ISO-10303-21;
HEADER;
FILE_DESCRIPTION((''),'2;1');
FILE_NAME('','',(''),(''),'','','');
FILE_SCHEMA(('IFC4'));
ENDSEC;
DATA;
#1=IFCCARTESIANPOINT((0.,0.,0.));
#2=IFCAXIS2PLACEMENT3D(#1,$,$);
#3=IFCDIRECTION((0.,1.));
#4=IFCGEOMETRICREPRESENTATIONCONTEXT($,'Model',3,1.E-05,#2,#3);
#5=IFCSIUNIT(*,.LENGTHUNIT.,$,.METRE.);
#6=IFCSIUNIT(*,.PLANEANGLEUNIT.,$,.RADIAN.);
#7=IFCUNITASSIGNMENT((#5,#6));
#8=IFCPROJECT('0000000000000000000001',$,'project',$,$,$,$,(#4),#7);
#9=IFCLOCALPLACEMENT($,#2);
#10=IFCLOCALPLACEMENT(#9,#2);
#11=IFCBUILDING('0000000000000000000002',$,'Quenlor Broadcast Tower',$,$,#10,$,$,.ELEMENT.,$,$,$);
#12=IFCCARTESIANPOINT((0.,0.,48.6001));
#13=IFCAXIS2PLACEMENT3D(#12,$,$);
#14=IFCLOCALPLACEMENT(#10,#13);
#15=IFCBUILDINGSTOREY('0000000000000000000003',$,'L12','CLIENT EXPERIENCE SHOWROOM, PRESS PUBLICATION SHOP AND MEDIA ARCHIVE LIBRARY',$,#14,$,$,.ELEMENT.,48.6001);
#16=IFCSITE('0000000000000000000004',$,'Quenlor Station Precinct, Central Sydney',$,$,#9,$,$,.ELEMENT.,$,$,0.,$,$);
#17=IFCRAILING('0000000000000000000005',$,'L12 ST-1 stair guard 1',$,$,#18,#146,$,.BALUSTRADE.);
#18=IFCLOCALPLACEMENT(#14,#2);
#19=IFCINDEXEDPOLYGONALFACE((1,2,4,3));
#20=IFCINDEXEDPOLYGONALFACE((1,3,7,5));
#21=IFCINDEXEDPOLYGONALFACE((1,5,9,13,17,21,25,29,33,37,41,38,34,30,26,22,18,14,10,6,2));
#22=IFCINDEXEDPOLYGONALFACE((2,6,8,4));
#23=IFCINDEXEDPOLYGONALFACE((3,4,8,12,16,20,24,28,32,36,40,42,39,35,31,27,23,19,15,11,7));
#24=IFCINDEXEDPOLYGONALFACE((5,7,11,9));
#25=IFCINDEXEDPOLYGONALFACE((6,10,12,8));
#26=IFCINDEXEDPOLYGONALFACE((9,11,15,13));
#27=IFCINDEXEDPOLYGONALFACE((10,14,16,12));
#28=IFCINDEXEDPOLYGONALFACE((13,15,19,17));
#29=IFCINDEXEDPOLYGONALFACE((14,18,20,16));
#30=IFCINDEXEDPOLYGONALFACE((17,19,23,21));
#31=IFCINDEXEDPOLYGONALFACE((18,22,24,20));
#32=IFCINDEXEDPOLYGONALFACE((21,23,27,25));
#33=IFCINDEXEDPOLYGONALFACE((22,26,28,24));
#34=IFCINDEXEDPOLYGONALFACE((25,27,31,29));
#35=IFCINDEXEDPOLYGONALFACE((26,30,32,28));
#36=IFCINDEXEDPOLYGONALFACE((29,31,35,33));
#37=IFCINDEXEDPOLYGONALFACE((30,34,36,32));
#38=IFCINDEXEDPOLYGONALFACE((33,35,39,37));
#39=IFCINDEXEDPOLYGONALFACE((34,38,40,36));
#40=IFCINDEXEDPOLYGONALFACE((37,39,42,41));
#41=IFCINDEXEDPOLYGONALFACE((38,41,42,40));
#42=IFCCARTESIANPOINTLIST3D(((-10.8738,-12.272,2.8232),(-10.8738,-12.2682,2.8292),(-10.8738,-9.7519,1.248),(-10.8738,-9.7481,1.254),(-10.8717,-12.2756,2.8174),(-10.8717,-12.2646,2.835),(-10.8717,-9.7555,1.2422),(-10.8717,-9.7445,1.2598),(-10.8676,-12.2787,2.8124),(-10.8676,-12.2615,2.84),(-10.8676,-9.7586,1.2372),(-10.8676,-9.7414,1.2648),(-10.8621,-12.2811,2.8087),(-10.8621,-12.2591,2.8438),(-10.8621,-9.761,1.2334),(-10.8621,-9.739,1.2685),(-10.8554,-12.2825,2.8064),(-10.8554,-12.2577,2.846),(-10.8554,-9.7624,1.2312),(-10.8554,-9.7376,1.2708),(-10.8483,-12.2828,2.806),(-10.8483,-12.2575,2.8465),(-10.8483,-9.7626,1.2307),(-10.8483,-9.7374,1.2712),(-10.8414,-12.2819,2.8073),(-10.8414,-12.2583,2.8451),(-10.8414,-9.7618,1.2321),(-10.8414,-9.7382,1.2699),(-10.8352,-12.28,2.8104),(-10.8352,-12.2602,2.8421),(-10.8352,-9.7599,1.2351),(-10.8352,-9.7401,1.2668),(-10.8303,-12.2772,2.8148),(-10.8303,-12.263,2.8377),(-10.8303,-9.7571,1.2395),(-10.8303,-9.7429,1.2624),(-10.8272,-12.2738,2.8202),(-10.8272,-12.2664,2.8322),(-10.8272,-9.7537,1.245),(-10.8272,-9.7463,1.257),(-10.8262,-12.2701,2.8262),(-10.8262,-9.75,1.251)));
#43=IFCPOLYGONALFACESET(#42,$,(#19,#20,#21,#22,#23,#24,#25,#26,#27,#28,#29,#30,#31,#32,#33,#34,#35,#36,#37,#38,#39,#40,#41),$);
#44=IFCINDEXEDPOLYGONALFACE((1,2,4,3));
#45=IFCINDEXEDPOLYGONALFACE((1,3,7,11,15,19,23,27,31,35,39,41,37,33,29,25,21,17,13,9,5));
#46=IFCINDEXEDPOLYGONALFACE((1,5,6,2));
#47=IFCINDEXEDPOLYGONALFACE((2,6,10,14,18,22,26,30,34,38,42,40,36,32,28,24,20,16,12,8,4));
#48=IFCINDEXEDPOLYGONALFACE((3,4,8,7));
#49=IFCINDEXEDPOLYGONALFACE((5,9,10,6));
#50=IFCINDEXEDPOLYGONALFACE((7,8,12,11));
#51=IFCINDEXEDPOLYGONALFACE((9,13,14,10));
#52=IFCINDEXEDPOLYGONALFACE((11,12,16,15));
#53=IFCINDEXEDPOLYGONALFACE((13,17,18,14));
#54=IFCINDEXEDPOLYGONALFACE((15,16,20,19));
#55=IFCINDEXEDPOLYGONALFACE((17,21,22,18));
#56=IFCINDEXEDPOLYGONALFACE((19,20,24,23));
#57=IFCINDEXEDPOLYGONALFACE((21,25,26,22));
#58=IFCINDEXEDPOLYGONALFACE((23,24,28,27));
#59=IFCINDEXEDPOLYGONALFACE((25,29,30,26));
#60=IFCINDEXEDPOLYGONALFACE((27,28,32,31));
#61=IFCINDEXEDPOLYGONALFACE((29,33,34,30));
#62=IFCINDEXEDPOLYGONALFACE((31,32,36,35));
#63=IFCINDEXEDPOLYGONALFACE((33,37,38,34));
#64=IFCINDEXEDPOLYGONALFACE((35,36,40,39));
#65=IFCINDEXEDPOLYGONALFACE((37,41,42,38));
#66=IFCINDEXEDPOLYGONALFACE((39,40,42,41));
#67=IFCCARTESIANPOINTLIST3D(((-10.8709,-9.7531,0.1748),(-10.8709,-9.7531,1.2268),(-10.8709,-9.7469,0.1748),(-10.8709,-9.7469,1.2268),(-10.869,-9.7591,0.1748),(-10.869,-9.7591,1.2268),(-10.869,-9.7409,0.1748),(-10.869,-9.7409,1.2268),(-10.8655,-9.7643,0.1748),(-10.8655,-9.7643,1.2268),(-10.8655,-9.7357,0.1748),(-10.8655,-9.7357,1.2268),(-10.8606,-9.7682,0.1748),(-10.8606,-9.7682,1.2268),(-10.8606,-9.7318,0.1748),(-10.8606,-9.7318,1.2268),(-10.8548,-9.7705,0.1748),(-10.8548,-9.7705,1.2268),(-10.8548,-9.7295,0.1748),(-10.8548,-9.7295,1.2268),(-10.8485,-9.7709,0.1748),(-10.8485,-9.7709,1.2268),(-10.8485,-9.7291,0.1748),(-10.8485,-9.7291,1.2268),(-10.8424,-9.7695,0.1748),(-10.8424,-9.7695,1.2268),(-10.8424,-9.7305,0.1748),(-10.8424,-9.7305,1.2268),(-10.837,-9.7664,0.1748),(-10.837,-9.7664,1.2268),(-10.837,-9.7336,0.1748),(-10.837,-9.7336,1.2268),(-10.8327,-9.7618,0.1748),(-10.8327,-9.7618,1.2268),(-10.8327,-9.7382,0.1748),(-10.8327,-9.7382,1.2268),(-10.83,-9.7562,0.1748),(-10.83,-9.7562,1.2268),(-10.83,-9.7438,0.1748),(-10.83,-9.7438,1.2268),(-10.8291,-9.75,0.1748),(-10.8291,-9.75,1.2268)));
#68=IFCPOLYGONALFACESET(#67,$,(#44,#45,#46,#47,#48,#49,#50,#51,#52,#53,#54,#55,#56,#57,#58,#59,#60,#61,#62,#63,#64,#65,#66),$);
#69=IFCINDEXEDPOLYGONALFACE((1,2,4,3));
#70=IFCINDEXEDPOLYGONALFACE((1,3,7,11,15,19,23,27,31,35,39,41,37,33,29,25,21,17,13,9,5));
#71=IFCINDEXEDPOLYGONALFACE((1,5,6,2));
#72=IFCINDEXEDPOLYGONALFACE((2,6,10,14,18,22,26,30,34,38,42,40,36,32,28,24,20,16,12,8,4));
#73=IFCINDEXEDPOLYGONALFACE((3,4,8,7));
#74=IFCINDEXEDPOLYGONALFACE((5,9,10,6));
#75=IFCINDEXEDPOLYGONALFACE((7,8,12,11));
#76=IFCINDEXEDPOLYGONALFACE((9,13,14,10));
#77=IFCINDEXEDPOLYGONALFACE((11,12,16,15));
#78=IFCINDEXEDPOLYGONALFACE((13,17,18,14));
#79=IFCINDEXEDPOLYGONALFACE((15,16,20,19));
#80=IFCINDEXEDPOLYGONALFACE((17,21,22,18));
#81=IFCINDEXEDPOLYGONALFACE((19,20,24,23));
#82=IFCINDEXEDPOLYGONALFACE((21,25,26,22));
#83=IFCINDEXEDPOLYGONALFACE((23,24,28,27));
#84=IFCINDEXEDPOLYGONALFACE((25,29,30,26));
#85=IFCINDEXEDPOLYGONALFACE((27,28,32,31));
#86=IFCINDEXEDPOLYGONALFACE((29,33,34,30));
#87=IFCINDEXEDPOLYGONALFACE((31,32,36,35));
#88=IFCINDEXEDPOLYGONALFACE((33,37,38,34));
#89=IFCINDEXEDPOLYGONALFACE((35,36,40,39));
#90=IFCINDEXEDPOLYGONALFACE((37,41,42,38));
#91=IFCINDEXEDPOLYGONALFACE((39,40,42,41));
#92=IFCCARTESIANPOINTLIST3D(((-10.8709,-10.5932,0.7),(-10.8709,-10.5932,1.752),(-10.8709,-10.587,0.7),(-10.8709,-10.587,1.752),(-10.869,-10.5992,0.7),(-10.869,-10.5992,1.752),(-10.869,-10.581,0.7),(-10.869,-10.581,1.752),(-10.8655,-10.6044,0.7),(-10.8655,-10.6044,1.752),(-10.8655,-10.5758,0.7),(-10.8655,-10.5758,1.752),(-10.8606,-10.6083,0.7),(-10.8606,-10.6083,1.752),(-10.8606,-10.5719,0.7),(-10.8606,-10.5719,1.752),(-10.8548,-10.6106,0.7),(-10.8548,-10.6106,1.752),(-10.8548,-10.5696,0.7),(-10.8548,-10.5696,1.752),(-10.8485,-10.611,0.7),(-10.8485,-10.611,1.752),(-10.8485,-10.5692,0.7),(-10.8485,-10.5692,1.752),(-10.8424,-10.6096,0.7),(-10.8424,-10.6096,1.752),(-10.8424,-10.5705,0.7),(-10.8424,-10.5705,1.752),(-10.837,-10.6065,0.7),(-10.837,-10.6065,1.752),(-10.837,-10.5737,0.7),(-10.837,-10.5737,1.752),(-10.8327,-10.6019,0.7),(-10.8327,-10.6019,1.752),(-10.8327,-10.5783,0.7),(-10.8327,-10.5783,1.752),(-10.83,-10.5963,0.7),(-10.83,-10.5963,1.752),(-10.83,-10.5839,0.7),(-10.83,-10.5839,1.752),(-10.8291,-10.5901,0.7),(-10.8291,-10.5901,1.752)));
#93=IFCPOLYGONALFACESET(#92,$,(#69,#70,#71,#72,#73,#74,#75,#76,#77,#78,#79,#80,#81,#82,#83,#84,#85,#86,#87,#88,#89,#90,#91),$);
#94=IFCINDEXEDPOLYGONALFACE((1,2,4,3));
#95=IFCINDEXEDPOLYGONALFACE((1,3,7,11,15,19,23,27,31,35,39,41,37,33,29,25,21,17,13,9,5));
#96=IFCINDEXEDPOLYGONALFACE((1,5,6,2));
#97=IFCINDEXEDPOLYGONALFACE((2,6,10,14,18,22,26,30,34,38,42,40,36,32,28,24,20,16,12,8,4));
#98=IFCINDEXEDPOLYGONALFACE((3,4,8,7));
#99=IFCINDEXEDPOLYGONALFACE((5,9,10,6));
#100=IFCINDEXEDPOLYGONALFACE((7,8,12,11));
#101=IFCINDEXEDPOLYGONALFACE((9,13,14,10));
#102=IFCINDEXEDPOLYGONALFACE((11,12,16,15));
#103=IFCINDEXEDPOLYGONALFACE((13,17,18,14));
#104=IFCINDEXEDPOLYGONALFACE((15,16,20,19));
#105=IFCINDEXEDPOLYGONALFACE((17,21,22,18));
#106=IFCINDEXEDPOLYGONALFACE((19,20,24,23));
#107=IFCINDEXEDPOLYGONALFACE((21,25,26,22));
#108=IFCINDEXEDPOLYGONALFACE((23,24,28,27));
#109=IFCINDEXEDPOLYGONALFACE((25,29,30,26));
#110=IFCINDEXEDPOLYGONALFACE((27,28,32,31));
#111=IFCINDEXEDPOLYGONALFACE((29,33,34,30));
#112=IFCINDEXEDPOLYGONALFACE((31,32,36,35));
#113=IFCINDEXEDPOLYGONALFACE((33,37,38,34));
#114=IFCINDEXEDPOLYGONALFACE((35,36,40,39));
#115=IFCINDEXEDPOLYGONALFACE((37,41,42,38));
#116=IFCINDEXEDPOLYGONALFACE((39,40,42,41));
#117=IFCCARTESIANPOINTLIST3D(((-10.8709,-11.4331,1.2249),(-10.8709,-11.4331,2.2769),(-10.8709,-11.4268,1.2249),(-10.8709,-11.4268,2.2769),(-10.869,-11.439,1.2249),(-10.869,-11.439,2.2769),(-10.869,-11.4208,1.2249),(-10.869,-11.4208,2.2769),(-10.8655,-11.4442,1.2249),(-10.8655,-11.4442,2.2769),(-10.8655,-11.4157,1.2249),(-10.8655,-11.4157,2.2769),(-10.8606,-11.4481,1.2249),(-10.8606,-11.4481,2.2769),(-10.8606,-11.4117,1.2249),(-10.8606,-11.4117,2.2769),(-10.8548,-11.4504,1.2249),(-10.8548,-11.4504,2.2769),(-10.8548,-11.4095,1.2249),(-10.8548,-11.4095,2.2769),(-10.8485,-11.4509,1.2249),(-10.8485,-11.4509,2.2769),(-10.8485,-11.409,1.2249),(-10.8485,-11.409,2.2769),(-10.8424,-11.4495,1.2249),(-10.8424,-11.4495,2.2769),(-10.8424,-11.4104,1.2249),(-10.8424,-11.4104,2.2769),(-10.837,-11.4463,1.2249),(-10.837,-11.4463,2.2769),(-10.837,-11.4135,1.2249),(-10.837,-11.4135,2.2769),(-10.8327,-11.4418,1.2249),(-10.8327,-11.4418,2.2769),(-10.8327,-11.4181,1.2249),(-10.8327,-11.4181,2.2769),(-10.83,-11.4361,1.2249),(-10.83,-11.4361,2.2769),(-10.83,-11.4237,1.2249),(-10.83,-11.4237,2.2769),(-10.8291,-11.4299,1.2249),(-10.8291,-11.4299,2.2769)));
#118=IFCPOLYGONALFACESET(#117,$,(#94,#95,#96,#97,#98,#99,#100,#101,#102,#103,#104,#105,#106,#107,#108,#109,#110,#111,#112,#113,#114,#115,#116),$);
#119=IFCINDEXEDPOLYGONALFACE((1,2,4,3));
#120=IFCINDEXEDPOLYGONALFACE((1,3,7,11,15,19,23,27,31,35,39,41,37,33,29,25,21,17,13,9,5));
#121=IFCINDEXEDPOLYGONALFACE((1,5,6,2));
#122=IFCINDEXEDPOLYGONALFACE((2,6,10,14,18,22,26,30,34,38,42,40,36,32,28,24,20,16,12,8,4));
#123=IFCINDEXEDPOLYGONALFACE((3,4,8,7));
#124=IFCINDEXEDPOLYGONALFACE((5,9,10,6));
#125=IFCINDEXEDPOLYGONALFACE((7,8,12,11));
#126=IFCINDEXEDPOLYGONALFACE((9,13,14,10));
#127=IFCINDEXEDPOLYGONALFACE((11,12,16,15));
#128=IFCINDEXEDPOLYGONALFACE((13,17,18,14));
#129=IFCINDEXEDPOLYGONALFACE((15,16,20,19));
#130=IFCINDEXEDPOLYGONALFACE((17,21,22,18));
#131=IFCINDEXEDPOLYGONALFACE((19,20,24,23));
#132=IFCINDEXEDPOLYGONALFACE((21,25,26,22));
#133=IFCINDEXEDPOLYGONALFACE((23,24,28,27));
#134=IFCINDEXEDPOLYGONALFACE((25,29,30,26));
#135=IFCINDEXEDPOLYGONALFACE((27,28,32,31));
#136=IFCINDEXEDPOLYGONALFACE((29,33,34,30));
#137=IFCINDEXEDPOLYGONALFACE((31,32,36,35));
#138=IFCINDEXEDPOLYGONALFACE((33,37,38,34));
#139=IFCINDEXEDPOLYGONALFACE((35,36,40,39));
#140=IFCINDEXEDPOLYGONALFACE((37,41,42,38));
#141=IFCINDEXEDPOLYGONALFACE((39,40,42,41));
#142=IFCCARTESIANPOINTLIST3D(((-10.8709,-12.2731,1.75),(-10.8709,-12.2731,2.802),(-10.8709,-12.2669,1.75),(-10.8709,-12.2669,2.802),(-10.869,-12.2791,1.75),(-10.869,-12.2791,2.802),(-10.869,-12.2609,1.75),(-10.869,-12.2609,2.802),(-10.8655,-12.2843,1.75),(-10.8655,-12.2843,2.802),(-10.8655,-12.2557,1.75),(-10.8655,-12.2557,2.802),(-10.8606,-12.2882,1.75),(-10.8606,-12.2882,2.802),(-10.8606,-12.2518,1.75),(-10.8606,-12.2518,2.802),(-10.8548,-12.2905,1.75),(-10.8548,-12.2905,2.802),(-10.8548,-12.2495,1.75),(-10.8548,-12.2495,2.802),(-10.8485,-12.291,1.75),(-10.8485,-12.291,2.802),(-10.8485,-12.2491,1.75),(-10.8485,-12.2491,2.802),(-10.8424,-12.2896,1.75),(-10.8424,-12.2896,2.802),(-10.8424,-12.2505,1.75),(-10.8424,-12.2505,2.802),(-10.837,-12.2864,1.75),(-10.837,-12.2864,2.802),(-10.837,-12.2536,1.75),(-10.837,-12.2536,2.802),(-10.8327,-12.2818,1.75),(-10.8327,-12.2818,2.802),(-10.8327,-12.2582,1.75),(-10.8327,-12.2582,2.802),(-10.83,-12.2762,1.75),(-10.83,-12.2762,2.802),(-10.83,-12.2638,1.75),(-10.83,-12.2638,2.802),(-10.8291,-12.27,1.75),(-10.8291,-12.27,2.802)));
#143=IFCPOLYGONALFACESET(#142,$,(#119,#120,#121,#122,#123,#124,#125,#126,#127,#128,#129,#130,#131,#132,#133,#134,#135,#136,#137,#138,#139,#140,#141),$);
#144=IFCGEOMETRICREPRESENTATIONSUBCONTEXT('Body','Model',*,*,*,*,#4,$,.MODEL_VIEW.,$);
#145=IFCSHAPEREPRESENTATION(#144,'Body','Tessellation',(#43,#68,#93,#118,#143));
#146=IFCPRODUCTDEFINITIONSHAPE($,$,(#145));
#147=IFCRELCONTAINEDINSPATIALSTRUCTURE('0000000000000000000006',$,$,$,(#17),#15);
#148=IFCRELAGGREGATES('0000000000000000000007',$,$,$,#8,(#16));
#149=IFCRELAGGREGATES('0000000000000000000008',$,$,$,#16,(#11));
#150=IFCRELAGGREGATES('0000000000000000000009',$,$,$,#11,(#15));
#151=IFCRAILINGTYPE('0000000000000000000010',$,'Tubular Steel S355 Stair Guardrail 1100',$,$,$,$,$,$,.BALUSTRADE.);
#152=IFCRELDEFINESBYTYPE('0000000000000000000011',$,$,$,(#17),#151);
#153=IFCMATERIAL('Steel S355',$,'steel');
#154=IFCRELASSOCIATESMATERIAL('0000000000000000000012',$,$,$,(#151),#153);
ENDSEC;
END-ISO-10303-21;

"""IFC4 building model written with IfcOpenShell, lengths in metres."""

from ifc_helpers import new_model, si_unit, direction, frame, origin, origin_2d, place, context, subcontext, project, spatial, circle, extrude, material, type_object, element, save


model = new_model("IFC4")

# Units and contexts
model_context = context("Model", 3, precision=1e-05, world=origin(), true_north=direction((0.0, 1.0)))
body_context = subcontext(model_context, "Body", "Model", "MODEL_VIEW")
ifc_project = project(units=[si_unit("LENGTHUNIT", "METRE"), si_unit("PLANEANGLEUNIT", "RADIAN")], contexts=[model_context])

# Site, building, storey
site_placement = place(None, origin())
site = spatial("IfcSite", under=ifc_project, at=site_placement, Name="Quenlor Station Precinct, Central Sydney", CompositionType="ELEMENT", RefElevation=0.0)
building_placement = place(site_placement, origin())
building = spatial("IfcBuilding", under=site, at=building_placement, Name="Quenlor Broadcast Tower", CompositionType="ELEMENT")
storey_placement = place(building_placement, frame((0.0, 0.0, 48.6001)))
storey = spatial("IfcBuildingStorey", under=building, at=storey_placement, Name="L12", Description="CLIENT EXPERIENCE SHOWROOM, PRESS PUBLICATION SHOP AND MEDIA ARCHIVE LIBRARY", CompositionType="ELEMENT", Elevation=48.6001)

# Railing
ifc_material_1 = material(Name="Steel S355", Category="steel")
railing_type_1 = type_object("IfcRailingType", Name="Tubular Steel S355 Stair Guardrail 1100", PredefinedType="BALUSTRADE", material=ifc_material_1)
railing_1_placement = place(storey_placement, frame((-10.8501, -9.75, 0.1748)))
element("IfcRailing", 1, at=railing_1_placement, inside=storey, type_object=railing_type_1, Name="L12 ST-1 stair guard 1", PredefinedType="BALUSTRADE", context=body_context, shape_type="SweptSolid", body=[
    extrude(circle(Radius=0.0239, at=origin_2d()), frame((0.0, 0.0, 1.0762), z_axis=(0.0, -0.847971, 0.530043), x_axis=(1.0, 0.0, 0.0)), (0.0, 0.0, 1.0), 2.9719),
    extrude(circle(Radius=0.021, at=origin_2d()), origin(), (0.0, 0.0, 1.0), 1.052),
    extrude(circle(Radius=0.021, at=origin_2d()), frame((0.0, -0.8401, 0.5251)), (0.0, 0.0, 1.0), 1.052),
    extrude(circle(Radius=0.021, at=origin_2d()), frame((0.0, -1.6799, 1.05)), (0.0, 0.0, 1.0), 1.052),
    extrude(circle(Radius=0.021, at=origin_2d()), frame((0.0, -2.52, 1.5752)), (0.0, 0.0, 1.0), 1.052),
])

save(model, "model.ifc")
